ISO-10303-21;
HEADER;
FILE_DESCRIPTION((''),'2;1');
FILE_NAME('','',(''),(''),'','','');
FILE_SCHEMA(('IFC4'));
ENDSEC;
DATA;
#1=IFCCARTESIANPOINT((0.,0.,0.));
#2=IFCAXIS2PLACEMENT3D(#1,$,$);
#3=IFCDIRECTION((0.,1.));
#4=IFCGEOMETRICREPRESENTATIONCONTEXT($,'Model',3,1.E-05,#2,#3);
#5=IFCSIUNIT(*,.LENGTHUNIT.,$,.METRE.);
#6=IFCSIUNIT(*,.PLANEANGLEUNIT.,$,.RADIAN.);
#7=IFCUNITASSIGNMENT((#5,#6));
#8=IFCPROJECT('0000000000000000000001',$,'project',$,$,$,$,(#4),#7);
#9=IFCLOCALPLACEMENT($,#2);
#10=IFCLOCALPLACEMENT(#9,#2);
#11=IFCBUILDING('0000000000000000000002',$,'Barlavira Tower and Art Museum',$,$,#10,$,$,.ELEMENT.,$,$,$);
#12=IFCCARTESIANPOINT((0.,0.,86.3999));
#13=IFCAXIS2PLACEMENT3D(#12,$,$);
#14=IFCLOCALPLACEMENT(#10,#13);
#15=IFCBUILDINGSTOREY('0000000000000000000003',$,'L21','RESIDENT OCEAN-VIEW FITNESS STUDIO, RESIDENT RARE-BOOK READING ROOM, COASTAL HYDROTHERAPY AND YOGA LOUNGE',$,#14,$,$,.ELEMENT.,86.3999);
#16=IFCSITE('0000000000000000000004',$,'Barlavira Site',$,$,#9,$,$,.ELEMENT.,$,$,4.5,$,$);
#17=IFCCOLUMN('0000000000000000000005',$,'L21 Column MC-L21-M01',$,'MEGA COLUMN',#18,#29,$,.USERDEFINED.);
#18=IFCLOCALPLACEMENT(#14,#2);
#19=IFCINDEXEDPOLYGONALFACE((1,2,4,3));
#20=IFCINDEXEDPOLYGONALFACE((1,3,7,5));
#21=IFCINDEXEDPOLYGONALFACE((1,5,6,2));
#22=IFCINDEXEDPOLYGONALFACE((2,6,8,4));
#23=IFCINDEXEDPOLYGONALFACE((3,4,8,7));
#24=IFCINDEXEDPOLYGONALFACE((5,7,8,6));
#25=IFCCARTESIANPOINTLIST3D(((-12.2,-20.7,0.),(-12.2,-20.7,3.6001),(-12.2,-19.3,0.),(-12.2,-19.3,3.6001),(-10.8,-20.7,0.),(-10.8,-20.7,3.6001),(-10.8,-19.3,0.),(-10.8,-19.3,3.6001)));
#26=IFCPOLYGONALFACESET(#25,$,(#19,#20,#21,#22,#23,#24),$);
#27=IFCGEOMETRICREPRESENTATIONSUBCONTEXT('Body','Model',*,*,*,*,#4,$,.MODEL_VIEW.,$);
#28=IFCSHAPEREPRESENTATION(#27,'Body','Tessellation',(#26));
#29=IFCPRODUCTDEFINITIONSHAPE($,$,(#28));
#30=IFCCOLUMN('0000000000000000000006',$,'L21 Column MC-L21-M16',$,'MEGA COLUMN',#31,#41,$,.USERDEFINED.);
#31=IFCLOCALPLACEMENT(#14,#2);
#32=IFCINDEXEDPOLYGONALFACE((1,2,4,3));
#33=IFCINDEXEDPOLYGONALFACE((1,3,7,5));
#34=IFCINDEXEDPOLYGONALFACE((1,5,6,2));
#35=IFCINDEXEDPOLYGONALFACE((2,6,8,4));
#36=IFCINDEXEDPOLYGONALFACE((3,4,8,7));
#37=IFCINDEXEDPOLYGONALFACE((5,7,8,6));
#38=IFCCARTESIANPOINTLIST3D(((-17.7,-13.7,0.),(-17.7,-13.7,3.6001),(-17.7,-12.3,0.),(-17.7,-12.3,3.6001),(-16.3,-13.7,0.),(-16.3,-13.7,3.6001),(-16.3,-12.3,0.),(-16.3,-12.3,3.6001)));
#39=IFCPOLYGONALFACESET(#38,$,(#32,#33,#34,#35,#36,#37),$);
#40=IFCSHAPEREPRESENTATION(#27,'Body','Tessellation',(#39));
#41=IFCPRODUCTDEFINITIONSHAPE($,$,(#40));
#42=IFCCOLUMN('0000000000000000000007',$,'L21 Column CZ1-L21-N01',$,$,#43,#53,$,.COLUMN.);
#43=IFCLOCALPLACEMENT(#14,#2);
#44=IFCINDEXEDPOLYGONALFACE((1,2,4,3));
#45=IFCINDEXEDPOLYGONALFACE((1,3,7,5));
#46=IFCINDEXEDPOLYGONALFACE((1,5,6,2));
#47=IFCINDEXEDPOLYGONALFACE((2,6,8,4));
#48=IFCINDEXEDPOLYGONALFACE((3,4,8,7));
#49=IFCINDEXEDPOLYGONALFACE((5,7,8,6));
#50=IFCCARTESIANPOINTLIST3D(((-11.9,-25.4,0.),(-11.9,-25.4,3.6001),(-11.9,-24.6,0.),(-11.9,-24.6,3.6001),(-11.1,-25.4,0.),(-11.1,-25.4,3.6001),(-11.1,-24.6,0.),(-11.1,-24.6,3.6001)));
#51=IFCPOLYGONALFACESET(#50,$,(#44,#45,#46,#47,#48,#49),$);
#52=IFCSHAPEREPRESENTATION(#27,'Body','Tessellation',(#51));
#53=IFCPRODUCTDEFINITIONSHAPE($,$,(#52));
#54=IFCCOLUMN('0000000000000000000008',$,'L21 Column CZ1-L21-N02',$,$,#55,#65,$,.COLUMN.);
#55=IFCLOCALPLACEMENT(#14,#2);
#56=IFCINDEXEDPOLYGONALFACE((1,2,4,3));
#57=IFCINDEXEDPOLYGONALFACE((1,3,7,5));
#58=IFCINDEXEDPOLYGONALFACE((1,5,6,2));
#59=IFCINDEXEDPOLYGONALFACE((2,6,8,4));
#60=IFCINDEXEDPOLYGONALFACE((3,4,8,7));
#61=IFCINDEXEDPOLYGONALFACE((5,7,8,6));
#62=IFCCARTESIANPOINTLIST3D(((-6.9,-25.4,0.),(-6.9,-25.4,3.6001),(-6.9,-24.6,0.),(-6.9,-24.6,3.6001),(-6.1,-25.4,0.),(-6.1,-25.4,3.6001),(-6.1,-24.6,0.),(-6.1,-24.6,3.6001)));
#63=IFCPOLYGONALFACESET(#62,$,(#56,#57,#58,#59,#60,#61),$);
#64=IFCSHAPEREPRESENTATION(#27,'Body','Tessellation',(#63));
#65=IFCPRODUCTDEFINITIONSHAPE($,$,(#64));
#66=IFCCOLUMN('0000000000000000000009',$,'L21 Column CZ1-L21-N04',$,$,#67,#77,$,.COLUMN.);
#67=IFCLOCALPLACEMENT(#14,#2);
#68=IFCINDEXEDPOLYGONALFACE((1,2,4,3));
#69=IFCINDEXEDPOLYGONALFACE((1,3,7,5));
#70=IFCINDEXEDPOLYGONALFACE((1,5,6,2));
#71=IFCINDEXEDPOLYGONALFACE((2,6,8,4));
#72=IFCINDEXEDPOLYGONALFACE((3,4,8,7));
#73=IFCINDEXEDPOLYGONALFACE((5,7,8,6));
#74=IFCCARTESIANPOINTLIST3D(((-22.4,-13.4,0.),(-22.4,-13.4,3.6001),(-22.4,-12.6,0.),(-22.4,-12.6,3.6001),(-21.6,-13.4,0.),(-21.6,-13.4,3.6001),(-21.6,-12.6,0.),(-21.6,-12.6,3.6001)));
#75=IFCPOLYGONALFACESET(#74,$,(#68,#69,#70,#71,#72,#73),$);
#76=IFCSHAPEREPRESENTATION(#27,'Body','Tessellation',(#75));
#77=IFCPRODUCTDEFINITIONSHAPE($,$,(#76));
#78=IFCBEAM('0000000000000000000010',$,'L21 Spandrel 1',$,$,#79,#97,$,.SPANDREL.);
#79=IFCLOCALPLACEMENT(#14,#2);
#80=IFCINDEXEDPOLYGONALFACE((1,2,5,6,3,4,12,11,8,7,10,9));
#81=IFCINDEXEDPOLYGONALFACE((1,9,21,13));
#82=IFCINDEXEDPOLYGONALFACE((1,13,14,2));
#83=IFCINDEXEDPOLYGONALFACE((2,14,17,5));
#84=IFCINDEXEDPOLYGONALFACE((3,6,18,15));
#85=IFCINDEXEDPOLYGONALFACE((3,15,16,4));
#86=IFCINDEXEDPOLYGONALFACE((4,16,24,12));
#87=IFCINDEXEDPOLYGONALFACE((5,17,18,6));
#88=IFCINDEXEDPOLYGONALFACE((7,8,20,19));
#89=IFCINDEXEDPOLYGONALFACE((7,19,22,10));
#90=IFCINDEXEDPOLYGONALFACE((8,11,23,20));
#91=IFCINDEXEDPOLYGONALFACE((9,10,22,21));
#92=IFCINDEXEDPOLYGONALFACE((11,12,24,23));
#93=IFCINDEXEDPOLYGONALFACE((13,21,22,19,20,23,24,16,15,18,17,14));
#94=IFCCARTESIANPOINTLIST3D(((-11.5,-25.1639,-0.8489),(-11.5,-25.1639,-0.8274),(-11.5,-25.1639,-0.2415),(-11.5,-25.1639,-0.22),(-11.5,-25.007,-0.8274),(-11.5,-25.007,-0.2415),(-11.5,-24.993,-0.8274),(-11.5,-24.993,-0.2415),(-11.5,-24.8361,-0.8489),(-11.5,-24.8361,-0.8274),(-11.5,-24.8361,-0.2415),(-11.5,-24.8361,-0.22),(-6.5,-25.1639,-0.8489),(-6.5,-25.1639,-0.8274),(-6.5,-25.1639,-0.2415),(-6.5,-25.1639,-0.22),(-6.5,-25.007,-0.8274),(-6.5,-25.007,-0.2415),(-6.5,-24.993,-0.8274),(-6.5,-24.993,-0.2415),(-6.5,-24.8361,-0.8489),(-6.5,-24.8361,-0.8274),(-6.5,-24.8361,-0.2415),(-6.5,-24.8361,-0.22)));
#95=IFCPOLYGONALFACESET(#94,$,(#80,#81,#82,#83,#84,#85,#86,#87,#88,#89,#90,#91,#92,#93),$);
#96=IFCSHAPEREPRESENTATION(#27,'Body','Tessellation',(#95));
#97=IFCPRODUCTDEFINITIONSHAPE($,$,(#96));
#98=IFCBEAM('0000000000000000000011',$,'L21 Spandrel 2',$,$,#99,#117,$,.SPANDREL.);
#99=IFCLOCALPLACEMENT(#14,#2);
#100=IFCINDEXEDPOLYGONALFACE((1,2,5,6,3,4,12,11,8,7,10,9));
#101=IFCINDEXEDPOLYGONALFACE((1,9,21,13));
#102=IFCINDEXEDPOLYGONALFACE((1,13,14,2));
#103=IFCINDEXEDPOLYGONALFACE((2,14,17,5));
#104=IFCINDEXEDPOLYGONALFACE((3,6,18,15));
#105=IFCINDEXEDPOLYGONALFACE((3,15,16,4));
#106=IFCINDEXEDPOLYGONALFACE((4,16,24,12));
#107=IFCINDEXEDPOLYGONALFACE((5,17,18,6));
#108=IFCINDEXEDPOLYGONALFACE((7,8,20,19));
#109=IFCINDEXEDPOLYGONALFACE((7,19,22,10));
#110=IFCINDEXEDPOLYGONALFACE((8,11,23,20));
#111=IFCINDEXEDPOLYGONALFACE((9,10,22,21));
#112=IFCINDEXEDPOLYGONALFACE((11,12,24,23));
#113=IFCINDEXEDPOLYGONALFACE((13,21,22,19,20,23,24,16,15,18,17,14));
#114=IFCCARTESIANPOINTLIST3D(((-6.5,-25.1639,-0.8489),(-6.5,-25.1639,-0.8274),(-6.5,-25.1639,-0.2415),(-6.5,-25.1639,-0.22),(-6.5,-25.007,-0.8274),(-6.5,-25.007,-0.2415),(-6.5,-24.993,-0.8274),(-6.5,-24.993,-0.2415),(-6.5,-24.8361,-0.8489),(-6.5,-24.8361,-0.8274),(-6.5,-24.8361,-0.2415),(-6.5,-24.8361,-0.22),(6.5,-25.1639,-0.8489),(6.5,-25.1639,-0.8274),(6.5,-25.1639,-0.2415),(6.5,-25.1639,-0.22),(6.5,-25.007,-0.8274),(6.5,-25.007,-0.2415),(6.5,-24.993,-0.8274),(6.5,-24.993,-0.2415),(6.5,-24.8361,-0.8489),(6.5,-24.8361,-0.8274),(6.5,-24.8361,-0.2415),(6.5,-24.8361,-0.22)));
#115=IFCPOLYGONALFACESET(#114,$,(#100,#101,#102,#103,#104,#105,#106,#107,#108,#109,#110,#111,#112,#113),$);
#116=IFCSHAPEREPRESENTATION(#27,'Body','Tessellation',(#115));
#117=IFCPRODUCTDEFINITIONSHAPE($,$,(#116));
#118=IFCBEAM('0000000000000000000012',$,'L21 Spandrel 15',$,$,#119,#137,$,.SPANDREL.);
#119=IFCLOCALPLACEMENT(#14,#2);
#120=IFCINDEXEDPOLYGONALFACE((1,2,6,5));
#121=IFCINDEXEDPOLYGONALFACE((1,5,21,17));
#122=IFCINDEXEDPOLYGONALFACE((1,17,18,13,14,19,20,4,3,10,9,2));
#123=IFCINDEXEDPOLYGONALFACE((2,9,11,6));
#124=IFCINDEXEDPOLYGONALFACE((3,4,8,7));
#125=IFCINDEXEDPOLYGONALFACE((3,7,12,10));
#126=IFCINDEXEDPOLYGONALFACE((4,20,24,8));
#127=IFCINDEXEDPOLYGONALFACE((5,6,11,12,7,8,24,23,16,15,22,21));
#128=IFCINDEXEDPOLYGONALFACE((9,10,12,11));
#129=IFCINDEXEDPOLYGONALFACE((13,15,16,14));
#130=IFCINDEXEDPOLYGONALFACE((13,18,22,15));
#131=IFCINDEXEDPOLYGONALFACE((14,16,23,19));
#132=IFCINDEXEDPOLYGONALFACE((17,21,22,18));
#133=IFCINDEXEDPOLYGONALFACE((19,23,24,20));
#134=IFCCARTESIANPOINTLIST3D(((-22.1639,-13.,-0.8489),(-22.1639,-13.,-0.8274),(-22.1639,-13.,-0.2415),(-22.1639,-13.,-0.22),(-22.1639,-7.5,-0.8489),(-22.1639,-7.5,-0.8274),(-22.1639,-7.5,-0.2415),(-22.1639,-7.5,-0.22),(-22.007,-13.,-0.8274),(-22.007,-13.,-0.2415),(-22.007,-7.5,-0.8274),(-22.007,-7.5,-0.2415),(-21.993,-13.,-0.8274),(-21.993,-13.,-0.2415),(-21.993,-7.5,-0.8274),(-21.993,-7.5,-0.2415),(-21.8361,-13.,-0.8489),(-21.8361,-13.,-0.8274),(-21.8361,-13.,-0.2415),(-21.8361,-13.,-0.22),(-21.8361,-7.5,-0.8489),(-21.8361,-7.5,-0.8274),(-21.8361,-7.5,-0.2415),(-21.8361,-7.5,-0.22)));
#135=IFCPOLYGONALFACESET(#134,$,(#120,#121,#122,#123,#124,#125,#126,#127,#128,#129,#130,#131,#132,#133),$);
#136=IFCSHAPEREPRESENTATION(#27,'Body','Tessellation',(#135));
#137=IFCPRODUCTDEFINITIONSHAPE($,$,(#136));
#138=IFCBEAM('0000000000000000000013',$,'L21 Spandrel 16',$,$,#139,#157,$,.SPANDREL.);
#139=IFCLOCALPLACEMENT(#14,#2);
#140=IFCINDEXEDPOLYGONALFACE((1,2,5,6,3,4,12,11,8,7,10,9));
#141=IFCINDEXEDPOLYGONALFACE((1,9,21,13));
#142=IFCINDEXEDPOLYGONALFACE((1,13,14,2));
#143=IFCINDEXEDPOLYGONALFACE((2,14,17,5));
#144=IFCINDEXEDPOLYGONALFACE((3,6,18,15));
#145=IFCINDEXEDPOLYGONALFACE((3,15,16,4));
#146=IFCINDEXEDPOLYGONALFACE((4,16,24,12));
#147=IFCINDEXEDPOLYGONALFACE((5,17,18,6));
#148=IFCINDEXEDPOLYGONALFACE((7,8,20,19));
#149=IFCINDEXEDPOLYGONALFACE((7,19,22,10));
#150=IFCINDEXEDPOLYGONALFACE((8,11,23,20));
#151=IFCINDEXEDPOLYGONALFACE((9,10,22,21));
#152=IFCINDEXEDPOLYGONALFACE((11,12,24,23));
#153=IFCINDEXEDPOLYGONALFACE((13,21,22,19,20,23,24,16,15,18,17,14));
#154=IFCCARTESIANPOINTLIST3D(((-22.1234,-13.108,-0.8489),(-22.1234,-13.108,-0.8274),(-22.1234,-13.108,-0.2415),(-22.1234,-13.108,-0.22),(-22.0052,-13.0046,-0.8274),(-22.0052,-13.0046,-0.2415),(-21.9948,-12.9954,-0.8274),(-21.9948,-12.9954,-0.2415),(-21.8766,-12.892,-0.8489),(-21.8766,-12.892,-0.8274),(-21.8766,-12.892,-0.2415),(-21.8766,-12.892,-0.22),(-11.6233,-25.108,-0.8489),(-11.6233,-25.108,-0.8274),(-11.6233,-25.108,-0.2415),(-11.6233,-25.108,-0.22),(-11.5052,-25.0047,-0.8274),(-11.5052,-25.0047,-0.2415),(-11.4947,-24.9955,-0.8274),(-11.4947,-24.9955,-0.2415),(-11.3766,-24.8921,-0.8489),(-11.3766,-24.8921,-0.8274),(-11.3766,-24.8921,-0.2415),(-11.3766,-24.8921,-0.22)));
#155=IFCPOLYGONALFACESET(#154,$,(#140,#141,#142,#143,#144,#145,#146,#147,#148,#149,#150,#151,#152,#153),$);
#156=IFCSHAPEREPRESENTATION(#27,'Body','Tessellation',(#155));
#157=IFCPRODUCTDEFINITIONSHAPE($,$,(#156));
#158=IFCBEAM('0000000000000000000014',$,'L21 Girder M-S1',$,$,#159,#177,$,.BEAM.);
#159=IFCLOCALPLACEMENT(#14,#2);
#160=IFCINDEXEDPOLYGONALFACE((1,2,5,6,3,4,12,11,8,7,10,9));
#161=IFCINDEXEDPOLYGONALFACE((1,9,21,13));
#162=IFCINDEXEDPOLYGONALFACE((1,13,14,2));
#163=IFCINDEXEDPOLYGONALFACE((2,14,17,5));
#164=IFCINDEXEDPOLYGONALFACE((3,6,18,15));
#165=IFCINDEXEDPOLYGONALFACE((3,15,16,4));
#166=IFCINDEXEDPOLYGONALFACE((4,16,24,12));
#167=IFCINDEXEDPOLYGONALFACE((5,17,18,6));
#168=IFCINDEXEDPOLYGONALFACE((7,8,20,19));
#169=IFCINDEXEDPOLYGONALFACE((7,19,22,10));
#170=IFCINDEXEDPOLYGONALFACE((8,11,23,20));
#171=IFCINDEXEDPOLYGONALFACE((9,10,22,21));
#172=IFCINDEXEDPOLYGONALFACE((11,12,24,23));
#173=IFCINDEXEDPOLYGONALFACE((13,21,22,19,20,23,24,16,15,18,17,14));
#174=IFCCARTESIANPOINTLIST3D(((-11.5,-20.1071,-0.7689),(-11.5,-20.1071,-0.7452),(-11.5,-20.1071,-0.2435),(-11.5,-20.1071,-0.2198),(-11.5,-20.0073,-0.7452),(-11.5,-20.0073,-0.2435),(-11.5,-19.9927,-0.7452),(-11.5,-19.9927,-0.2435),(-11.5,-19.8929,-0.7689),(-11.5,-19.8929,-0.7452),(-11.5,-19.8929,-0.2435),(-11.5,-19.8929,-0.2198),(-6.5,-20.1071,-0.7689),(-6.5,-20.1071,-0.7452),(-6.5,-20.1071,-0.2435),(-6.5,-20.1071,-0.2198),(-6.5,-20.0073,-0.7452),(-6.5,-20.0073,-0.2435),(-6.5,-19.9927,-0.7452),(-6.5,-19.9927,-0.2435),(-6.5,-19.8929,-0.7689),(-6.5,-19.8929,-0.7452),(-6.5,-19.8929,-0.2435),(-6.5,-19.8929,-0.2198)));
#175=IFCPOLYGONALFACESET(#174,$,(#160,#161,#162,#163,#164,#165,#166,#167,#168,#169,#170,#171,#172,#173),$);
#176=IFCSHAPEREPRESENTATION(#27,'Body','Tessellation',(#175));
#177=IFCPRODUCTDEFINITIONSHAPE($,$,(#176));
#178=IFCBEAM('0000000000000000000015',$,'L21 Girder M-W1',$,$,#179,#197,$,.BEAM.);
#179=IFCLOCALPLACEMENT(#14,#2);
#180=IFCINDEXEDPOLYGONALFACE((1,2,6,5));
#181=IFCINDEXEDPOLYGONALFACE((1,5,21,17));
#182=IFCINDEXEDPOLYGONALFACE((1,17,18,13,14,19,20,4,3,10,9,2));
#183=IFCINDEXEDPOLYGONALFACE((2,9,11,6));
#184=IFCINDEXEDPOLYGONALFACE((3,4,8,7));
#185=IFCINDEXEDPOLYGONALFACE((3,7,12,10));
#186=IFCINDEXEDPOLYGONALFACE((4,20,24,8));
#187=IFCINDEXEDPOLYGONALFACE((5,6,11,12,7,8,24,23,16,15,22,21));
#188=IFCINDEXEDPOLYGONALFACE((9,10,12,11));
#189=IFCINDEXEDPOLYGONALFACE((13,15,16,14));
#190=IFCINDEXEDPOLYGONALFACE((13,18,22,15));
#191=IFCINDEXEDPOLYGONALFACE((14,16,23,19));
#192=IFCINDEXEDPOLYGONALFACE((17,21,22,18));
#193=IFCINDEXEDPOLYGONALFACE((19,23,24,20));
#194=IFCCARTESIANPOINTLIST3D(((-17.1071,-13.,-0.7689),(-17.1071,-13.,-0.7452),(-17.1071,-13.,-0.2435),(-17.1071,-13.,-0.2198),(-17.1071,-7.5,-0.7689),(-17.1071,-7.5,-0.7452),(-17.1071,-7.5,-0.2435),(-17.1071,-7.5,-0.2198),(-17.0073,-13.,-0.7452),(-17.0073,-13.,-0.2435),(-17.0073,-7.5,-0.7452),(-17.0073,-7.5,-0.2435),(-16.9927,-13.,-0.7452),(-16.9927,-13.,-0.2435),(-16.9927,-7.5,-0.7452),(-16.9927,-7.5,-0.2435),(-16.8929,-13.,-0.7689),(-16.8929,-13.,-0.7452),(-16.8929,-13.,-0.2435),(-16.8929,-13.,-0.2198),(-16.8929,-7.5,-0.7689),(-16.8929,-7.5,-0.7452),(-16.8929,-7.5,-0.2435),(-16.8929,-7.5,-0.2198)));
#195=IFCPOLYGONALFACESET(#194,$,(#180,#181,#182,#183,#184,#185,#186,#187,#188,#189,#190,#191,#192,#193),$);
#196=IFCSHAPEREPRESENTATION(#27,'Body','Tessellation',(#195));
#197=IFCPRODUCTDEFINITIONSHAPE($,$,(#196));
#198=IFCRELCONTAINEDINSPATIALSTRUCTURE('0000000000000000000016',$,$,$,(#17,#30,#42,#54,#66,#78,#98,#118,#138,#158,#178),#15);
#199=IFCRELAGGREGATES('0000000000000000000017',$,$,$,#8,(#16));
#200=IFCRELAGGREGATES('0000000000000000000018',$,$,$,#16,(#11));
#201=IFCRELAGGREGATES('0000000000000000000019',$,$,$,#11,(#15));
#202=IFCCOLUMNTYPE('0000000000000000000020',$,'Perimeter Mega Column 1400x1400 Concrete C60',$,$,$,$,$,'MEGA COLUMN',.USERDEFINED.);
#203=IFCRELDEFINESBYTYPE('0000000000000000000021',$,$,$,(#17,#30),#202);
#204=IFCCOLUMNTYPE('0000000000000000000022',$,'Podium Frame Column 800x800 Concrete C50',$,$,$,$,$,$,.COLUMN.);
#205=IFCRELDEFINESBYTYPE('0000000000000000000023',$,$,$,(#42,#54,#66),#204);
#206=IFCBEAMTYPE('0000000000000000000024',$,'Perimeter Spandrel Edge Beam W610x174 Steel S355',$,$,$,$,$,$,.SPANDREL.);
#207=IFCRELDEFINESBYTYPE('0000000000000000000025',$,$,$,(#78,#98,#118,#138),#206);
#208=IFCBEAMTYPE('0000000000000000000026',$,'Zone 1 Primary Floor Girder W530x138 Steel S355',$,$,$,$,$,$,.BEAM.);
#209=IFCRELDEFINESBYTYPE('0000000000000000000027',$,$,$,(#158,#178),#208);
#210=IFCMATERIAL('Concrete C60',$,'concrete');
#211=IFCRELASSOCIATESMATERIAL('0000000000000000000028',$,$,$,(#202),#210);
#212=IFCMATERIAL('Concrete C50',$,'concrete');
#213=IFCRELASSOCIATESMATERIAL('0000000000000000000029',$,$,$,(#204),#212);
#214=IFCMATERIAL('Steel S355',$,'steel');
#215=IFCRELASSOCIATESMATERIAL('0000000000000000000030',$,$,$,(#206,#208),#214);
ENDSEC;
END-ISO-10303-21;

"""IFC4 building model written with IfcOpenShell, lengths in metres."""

from ifc_helpers import new_model, si_unit, direction, frame, origin, origin_2d, place, context, subcontext, project, spatial, rectangle, i_section, extrude, material, material_profile, profile_set, type_object, element, save


model = new_model("IFC4")

# Units and contexts
model_context = context("Model", 3, precision=1e-05, world=origin(), true_north=direction((0.0, 1.0)))
body_context = subcontext(model_context, "Body", "Model", "MODEL_VIEW")
ifc_project = project(units=[si_unit("LENGTHUNIT", "METRE"), si_unit("PLANEANGLEUNIT", "RADIAN")], contexts=[model_context])

# Site, building, storey
site_placement = place(None, origin())
site = spatial("IfcSite", under=ifc_project, at=site_placement, Name="Barlavira Site", CompositionType="ELEMENT", RefElevation=4.5)
building_placement = place(site_placement, origin())
building = spatial("IfcBuilding", under=site, at=building_placement, Name="Barlavira Tower and Art Museum", CompositionType="ELEMENT")
storey_placement = place(building_placement, frame((0.0, 0.0, 86.3999)))
storey = spatial("IfcBuildingStorey", under=building, at=storey_placement, Name="L21", Description="RESIDENT OCEAN-VIEW FITNESS STUDIO, RESIDENT RARE-BOOK READING ROOM, COASTAL HYDROTHERAPY AND YOGA LOUNGE", CompositionType="ELEMENT", Elevation=86.3999)

# Columns
ifc_material_1 = material(Name="Concrete C60", Category="concrete")
ifc_material_profile_1 = material_profile(ifc_material_1, rectangle(XDim=1.3999, YDim=1.3999, at=origin_2d()), Name="RC-MCOL 1400x1400")
ifc_profile_set_1 = profile_set([ifc_material_profile_1], Name="Concrete C60")
column_type_1 = type_object("IfcColumnType", Name="Perimeter Mega Column 1400x1400 Concrete C60", ElementType="MEGA COLUMN", PredefinedType="USERDEFINED", material=ifc_profile_set_1)
for number, where, z_axis, x_axis, name in (
    (1, (-11.5, -20.0, 0.0), (0.0, 0.0, 1.0), (1.0, 0.0, 0.0), "L21 Column MC-L21-M01"),
    (2, (-17.0, -13.0, 0.0), (0.0, 0.0, 1.0), (1.0, 0.0, 0.0), "L21 Column MC-L21-M16"),
):
    element("IfcColumn", number, at=place(storey_placement, frame(where, z_axis=z_axis, x_axis=x_axis)), inside=storey, type_object=column_type_1, Name=name, ObjectType="MEGA COLUMN", PredefinedType="USERDEFINED", context=body_context, shape_type="SweptSolid", body=[
        extrude(rectangle(XDim=1.3999, YDim=1.3999, at=origin_2d()), origin(), (0.0, 0.0, 1.0), 3.6001),
    ])
ifc_material_2 = material(Name="Concrete C50", Category="concrete")
ifc_material_profile_2 = material_profile(ifc_material_2, rectangle(XDim=0.8, YDim=0.8, at=origin_2d()), Name="RC-COL 800x800")
ifc_profile_set_2 = profile_set([ifc_material_profile_2], Name="Concrete C50")
column_type_2 = type_object("IfcColumnType", Name="Podium Frame Column 800x800 Concrete C50", PredefinedType="COLUMN", material=ifc_profile_set_2)
for number, where, z_axis, x_axis, name in (
    (3, (-11.5, -25.0, 0.0), (0.0, 0.0, 1.0), (1.0, 0.0, 0.0), "L21 Column CZ1-L21-N01"),
    (4, (-6.5, -25.0, 0.0), (0.0, 0.0, 1.0), (1.0, 0.0, 0.0), "L21 Column CZ1-L21-N02"),
    (5, (-22.0, -13.0, 0.0), (0.0, 0.0, 1.0), (1.0, 0.0, 0.0), "L21 Column CZ1-L21-N04"),
):
    element("IfcColumn", number, at=place(storey_placement, frame(where, z_axis=z_axis, x_axis=x_axis)), inside=storey, type_object=column_type_2, Name=name, PredefinedType="COLUMN", context=body_context, shape_type="SweptSolid", body=[
        extrude(rectangle(XDim=0.8, YDim=0.8, at=origin_2d()), origin(), (0.0, 0.0, 1.0), 3.6001),
    ])

# Beams
ifc_material_3 = material(Name="Steel S355", Category="steel")
ifc_material_profile_3 = material_profile(ifc_material_3, i_section(OverallWidth=0.3279, OverallDepth=0.6289, WebThickness=0.0139, FlangeThickness=0.0215, at=origin_2d()), Name="W610x174.0")
ifc_profile_set_3 = profile_set([ifc_material_profile_3], Name="Steel S355")
beam_type_1 = type_object("IfcBeamType", Name="Perimeter Spandrel Edge Beam W610x174 Steel S355", PredefinedType="SPANDREL", material=ifc_profile_set_3)
beam_1_placement = place(storey_placement, frame((-11.5, -25.0, -0.5344), z_axis=(1.0, 0.0, 0.0), x_axis=(0.0, 1.0, 0.0)))
element("IfcBeam", 6, at=beam_1_placement, inside=storey, type_object=beam_type_1, Name="L21 Spandrel 1", PredefinedType="SPANDREL", context=body_context, shape_type="SweptSolid", body=[
    extrude(i_section(OverallWidth=0.3279, OverallDepth=0.6289, WebThickness=0.0139, FlangeThickness=0.0215, at=origin_2d()), origin(), (0.0, 0.0, 1.0), 5.0),
])
beam_2_placement = place(storey_placement, frame((-6.5, -25.0, -0.5344), z_axis=(1.0, 0.0, 0.0), x_axis=(0.0, 1.0, 0.0)))
element("IfcBeam", 7, at=beam_2_placement, inside=storey, type_object=beam_type_1, Name="L21 Spandrel 2", PredefinedType="SPANDREL", context=body_context, shape_type="SweptSolid", body=[
    extrude(i_section(OverallWidth=0.3279, OverallDepth=0.6289, WebThickness=0.0139, FlangeThickness=0.0215, at=origin_2d()), origin(), (0.0, 0.0, 1.0), 13.0),
])
beam_3_placement = place(storey_placement, frame((-22.0, -13.0, -0.5344), z_axis=(0.0, 1.0, 0.0), x_axis=(-1.0, 0.0, 0.0)))
element("IfcBeam", 8, at=beam_3_placement, inside=storey, type_object=beam_type_1, Name="L21 Spandrel 15", PredefinedType="SPANDREL", context=body_context, shape_type="SweptSolid", body=[
    extrude(i_section(OverallWidth=0.3279, OverallDepth=0.6289, WebThickness=0.0139, FlangeThickness=0.0215, at=origin_2d()), origin(), (0.0, 0.0, 1.0), 5.5),
])
beam_4_placement = place(storey_placement, frame((-22.0, -13.0, -0.5344), z_axis=(0.658505, -0.752577, 0.0), x_axis=(0.752577, 0.658505, 0.0)))
element("IfcBeam", 9, at=beam_4_placement, inside=storey, type_object=beam_type_1, Name="L21 Spandrel 16", PredefinedType="SPANDREL", context=body_context, shape_type="SweptSolid", body=[
    extrude(i_section(OverallWidth=0.3279, OverallDepth=0.6289, WebThickness=0.0139, FlangeThickness=0.0215, at=origin_2d()), origin(), (0.0, 0.0, 1.0), 15.9453),
])
ifc_material_profile_4 = material_profile(ifc_material_3, i_section(OverallWidth=0.2141, OverallDepth=0.5491, WebThickness=0.0146, FlangeThickness=0.0237, at=origin_2d()), Name="W530x138.0")
ifc_profile_set_4 = profile_set([ifc_material_profile_4], Name="Steel S355")
beam_type_2 = type_object("IfcBeamType", Name="Zone 1 Primary Floor Girder W530x138 Steel S355", PredefinedType="BEAM", material=ifc_profile_set_4)
beam_5_placement = place(storey_placement, frame((-11.5, -20.0, -0.4944), z_axis=(1.0, 0.0, 0.0), x_axis=(0.0, 1.0, 0.0)))
element("IfcBeam", 10, at=beam_5_placement, inside=storey, type_object=beam_type_2, Name="L21 Girder M-S1", PredefinedType="BEAM", context=body_context, shape_type="SweptSolid", body=[
    extrude(i_section(OverallWidth=0.2141, OverallDepth=0.5491, WebThickness=0.0146, FlangeThickness=0.0237, at=origin_2d()), origin(), (0.0, 0.0, 1.0), 5.0),
])
for number, where, z_axis, x_axis, name in (
    (11, (-17.0, -13.0, -0.4944), (0.0, 1.0, 0.0), (-1.0, 0.0, 0.0), "L21 Girder M-W1"),
):
    element("IfcBeam", number, at=place(storey_placement, frame(where, z_axis=z_axis, x_axis=x_axis)), inside=storey, type_object=beam_type_2, Name=name, PredefinedType="BEAM", context=body_context, shape_type="SweptSolid", body=[
        extrude(i_section(OverallWidth=0.2141, OverallDepth=0.5491, WebThickness=0.0146, FlangeThickness=0.0237, at=origin_2d()), origin(), (0.0, 0.0, 1.0), 5.5),
    ])

save(model, "model.ifc")
